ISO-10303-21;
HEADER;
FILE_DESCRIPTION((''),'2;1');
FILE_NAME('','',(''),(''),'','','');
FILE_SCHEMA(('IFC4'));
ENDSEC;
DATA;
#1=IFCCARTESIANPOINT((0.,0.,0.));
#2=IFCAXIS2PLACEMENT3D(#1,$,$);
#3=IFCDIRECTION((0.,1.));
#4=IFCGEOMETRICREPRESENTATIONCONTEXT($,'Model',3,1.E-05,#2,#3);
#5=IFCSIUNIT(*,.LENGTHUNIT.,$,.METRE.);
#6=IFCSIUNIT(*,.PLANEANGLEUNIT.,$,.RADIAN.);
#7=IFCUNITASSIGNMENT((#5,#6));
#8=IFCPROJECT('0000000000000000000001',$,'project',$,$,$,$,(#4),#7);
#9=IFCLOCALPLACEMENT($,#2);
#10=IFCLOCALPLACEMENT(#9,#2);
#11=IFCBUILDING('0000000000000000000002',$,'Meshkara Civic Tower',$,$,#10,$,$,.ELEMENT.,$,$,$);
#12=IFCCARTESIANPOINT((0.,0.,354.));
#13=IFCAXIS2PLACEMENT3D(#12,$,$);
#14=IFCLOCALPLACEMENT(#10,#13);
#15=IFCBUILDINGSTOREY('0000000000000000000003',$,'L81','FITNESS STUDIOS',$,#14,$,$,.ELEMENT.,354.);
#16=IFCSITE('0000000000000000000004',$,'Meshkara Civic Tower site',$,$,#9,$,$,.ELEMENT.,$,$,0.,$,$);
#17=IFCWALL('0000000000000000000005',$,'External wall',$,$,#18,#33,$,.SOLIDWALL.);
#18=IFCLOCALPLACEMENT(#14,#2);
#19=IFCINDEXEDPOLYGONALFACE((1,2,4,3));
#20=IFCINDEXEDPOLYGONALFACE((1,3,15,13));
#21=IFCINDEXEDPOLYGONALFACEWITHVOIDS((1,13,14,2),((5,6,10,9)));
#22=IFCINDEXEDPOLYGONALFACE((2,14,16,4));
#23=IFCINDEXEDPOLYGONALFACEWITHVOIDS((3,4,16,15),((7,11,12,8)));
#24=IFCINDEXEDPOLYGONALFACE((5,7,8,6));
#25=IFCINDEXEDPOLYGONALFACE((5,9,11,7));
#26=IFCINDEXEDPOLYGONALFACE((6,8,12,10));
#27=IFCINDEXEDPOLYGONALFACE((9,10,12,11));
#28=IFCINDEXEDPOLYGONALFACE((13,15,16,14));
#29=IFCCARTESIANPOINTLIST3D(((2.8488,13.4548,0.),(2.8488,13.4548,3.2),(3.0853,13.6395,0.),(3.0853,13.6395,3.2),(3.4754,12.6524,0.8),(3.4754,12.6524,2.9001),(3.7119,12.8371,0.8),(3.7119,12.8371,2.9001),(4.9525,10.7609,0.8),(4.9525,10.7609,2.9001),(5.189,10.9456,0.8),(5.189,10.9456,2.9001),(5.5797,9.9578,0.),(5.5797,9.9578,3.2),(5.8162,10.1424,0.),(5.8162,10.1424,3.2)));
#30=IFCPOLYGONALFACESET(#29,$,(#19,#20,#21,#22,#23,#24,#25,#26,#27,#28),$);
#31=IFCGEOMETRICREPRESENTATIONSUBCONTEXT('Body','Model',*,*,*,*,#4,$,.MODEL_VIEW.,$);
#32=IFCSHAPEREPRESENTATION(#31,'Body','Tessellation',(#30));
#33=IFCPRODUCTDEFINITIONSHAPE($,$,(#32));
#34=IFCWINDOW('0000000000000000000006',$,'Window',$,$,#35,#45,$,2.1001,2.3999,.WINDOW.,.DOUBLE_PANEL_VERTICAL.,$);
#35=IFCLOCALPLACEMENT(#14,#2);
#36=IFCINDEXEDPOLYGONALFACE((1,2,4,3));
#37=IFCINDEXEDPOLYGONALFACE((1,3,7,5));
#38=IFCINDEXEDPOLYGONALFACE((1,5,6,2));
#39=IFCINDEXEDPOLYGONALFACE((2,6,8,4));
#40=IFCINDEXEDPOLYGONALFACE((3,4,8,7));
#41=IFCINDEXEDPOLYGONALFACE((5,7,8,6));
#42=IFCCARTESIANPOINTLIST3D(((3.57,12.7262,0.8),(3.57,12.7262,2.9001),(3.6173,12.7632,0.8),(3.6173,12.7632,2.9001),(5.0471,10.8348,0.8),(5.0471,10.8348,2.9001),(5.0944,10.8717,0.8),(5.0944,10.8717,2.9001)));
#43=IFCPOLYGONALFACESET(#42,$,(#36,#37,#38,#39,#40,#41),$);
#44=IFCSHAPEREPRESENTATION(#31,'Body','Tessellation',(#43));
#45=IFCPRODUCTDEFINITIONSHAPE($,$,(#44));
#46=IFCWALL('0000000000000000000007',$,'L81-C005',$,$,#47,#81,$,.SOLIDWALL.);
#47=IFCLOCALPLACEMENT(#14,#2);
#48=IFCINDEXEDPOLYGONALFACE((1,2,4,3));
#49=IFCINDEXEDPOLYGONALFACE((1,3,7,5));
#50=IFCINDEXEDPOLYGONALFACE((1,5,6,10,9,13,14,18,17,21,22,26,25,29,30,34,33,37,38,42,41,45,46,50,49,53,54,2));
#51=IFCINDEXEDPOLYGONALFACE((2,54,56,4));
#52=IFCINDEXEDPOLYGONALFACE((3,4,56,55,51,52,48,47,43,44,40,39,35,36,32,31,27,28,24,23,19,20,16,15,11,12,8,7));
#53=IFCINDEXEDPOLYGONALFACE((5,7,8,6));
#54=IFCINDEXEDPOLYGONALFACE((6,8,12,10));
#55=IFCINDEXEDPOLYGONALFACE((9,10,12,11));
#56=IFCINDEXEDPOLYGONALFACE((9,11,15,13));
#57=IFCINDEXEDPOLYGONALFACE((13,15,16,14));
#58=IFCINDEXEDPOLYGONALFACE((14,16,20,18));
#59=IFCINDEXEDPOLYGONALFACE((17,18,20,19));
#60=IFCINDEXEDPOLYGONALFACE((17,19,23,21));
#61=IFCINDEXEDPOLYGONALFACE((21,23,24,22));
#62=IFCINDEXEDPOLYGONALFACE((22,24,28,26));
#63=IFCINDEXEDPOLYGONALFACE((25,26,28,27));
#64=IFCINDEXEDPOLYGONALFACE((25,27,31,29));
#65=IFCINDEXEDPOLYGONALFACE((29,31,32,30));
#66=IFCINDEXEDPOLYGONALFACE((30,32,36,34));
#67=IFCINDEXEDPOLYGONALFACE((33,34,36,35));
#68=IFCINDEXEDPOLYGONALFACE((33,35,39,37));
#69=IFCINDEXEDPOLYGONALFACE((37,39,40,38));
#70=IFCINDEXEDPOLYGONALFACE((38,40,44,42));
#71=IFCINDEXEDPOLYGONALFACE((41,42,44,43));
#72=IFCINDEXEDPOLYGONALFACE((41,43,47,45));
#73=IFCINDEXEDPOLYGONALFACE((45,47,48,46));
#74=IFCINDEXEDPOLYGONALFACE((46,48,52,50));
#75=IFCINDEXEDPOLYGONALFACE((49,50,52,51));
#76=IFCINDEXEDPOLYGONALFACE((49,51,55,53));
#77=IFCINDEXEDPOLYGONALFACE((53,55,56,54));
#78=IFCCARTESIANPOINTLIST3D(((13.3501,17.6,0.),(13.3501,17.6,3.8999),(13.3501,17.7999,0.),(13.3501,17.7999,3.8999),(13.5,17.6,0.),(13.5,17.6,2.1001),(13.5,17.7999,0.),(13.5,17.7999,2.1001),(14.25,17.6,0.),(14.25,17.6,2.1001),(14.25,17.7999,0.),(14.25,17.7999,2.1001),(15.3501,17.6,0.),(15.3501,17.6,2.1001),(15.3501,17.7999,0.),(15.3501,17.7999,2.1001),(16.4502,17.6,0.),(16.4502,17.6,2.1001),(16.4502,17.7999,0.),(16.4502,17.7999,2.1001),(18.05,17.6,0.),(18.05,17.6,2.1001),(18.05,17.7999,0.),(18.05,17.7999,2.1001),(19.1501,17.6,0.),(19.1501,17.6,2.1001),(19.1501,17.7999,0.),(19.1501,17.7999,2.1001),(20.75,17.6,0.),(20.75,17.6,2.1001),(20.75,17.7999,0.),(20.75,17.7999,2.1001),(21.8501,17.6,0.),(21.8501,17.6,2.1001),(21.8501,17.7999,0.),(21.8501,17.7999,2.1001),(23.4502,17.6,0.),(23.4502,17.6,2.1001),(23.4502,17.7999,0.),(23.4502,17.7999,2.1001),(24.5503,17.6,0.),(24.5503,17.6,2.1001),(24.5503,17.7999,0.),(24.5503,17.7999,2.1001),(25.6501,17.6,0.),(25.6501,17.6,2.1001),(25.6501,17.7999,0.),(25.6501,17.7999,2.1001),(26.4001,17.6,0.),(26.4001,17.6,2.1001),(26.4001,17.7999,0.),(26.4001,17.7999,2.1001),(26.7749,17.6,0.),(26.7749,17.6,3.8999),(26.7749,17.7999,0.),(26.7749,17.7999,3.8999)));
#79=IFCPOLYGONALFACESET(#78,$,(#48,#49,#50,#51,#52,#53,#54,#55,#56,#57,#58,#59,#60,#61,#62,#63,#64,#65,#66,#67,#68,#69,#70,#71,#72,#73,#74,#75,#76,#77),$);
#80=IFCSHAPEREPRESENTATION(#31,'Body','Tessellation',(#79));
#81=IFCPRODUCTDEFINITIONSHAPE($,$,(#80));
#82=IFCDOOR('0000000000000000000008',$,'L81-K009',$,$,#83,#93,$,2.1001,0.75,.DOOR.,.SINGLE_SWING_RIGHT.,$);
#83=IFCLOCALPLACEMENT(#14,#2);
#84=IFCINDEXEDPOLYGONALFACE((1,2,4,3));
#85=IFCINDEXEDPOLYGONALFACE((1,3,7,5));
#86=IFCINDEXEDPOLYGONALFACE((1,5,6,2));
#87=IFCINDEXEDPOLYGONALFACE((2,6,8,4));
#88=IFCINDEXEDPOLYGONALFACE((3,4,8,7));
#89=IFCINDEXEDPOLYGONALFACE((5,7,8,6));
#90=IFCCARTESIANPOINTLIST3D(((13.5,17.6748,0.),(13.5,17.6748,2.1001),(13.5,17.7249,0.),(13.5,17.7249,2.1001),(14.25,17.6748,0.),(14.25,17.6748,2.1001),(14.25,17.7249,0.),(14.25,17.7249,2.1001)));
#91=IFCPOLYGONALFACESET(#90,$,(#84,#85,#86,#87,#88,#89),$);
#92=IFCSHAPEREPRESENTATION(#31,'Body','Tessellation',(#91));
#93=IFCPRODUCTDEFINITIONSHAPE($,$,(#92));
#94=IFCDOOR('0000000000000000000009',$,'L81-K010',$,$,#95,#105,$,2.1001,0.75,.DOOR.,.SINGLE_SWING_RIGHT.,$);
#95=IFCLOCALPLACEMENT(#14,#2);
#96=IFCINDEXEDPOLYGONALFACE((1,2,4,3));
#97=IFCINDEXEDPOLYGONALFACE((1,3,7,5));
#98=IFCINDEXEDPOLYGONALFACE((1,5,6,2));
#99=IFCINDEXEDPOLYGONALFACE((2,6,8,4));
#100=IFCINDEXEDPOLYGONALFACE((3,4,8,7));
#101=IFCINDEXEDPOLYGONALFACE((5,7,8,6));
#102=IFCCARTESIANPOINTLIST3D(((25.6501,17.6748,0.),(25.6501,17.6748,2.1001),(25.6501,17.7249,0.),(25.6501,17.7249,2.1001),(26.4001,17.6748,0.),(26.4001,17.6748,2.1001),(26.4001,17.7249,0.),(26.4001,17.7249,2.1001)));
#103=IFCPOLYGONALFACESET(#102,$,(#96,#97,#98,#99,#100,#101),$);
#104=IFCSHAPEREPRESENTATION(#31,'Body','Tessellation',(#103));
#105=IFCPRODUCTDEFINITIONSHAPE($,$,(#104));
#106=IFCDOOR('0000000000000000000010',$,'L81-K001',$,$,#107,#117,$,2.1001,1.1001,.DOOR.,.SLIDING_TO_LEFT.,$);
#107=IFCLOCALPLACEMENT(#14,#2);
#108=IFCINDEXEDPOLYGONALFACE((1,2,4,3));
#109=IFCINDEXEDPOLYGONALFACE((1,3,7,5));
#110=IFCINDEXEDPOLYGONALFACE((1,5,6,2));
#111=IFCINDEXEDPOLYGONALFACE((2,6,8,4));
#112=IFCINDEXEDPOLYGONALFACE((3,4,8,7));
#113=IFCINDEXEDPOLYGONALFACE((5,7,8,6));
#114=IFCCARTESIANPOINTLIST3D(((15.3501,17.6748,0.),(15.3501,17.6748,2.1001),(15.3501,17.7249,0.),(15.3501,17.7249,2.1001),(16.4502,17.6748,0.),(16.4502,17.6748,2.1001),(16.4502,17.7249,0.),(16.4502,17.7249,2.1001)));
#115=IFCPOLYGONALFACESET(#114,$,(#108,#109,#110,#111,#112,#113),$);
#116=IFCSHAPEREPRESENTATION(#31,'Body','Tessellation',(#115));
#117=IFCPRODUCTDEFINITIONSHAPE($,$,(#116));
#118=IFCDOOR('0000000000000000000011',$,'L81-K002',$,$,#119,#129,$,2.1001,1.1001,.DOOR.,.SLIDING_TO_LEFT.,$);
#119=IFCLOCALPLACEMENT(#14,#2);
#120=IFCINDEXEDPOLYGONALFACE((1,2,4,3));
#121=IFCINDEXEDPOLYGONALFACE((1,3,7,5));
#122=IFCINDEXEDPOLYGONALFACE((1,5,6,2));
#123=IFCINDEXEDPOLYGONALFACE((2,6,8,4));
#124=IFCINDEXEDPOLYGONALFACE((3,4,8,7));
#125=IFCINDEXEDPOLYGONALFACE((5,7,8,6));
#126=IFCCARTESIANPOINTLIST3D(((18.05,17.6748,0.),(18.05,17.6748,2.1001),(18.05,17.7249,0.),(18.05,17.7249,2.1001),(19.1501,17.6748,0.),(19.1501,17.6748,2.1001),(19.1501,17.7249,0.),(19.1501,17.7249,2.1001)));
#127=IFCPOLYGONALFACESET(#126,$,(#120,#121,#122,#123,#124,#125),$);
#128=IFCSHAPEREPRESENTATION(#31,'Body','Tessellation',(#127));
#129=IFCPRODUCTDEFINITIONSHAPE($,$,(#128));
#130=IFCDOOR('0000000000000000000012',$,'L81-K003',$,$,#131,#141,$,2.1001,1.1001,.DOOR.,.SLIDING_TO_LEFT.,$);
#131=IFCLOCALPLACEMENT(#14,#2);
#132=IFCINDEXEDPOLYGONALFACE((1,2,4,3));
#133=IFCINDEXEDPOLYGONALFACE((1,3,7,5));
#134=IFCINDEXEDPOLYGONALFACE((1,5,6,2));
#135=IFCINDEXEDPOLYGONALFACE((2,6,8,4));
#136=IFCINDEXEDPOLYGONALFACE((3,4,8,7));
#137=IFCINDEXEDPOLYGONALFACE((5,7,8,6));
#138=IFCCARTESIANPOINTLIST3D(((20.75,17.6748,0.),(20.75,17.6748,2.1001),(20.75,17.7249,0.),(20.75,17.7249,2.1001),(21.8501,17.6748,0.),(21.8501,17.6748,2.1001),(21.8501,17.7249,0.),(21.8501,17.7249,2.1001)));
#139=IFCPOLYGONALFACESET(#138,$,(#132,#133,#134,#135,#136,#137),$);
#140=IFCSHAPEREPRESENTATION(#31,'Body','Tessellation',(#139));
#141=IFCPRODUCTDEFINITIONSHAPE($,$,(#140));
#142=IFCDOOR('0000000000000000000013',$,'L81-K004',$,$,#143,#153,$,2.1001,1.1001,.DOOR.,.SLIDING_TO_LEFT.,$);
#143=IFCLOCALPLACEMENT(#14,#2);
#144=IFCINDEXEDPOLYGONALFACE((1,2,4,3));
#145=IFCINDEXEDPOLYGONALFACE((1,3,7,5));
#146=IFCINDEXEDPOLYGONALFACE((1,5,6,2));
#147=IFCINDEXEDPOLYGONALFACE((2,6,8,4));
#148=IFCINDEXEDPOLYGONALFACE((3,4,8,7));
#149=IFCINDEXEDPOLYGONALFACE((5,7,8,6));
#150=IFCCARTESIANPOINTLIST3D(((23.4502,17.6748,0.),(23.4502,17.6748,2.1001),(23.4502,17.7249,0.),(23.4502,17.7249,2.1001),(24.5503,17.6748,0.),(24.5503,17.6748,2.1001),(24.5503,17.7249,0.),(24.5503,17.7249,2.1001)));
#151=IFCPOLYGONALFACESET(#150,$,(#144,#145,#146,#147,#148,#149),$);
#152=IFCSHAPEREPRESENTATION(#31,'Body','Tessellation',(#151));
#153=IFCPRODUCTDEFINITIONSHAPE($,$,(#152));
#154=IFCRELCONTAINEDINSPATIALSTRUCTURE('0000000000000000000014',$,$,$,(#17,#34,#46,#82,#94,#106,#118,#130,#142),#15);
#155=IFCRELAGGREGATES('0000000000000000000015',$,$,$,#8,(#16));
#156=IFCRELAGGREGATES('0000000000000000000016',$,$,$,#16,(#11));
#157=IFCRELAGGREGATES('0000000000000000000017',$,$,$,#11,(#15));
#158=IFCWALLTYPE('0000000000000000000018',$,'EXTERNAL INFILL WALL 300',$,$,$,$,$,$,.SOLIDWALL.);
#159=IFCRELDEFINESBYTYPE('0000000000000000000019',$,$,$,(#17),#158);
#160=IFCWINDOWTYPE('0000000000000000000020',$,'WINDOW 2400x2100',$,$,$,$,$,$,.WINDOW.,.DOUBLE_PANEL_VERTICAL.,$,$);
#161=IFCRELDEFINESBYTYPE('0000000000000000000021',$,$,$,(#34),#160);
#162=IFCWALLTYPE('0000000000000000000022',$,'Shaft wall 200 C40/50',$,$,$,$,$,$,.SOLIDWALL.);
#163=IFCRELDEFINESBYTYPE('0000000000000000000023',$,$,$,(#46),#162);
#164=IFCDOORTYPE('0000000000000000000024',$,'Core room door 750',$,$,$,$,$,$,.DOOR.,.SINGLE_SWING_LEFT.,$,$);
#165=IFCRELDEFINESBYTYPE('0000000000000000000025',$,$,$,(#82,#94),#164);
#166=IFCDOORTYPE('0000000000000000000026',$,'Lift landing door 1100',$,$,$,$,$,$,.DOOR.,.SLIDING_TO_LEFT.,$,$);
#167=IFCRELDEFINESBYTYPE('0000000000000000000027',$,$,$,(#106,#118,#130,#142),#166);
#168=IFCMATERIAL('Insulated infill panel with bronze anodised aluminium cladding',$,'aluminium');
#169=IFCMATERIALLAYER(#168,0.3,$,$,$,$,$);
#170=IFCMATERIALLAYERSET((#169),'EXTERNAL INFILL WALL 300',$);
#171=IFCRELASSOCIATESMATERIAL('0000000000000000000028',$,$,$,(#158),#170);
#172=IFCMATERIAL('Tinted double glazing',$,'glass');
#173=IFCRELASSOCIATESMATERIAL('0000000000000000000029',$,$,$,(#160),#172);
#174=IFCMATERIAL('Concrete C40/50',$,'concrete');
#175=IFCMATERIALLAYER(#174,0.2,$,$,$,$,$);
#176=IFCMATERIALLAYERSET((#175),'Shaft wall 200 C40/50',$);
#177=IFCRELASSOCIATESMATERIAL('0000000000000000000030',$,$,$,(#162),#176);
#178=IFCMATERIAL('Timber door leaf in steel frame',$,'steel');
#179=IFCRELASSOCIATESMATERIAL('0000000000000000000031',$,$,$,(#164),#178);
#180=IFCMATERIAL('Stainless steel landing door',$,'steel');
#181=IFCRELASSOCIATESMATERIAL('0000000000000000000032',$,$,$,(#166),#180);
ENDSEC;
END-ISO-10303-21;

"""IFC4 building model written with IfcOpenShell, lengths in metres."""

from ifc_helpers import new_model, si_unit, direction, frame, frame_2d, origin, place, context, subcontext, project, spatial, rectangle, extrude, material, layer, layer_set, type_object, element, fill, save


model = new_model("IFC4")

# Units and contexts
model_context = context("Model", 3, precision=1e-05, world=origin(), true_north=direction((0.0, 1.0)))
body_context = subcontext(model_context, "Body", "Model", "MODEL_VIEW")
ifc_project = project(units=[si_unit("LENGTHUNIT", "METRE"), si_unit("PLANEANGLEUNIT", "RADIAN")], contexts=[model_context])

# Site, building, storey
site_placement = place(None, origin())
site = spatial("IfcSite", under=ifc_project, at=site_placement, Name="Meshkara Civic Tower site", CompositionType="ELEMENT", RefElevation=0.0)
building_placement = place(site_placement, origin())
building = spatial("IfcBuilding", under=site, at=building_placement, Name="Meshkara Civic Tower", CompositionType="ELEMENT")
storey_placement = place(building_placement, frame((0.0, 0.0, 354.0)))
storey = spatial("IfcBuildingStorey", under=building, at=storey_placement, Name="L81", Description="FITNESS STUDIOS", CompositionType="ELEMENT", Elevation=354.0)

# Wall, opening, window
ifc_material_1 = material(Name="Insulated infill panel with bronze anodised aluminium cladding", Category="aluminium")
ifc_layer_1 = layer(ifc_material_1, 0.3)
ifc_layer_set_1 = layer_set([ifc_layer_1], Name="EXTERNAL INFILL WALL 300")
wall_type_1 = type_object("IfcWallType", Name="EXTERNAL INFILL WALL 300", PredefinedType="SOLIDWALL", material=ifc_layer_set_1)
wall_1_placement = place(storey_placement, frame((2.967, 13.5471, 0.0), z_axis=(0.0, 0.0, 1.0), x_axis=(0.615486, -0.788148, 0.0)))
wall_1 = element("IfcWall", 1, at=wall_1_placement, inside=storey, type_object=wall_type_1, Name="External wall", PredefinedType="SOLIDWALL", context=body_context, shape_type="SweptSolid", body=[
    extrude(rectangle(XDim=4.437, YDim=0.3, at=frame_2d((2.2185, 0.0))), origin(), (0.0, 0.0, 1.0), 3.2),
])
opening_1_placement = place(wall_1_placement, frame((1.0181, 0.0, 0.8)))
opening_1 = element("IfcOpeningElement", 2, at=opening_1_placement, cuts=wall_1, PredefinedType="OPENING", context=body_context, shape_type="SweptSolid", body=[
    extrude(rectangle(XDim=2.3999, YDim=2.1001, at=frame_2d((1.2, 1.05))), frame((0.0, 0.1599, 0.0), z_axis=(0.0, -1.0, 0.0), x_axis=(1.0, 0.0, 0.0)), (0.0, 0.0, 1.0), 0.3201),
])
ifc_material_2 = material(Name="Tinted double glazing", Category="glass")
window_type = type_object("IfcWindowType", Name="WINDOW 2400x2100", PartitioningType="DOUBLE_PANEL_VERTICAL", PredefinedType="WINDOW", material=ifc_material_2)
window_placement = place(opening_1_placement, origin())
window = element("IfcWindow", 3, at=window_placement, inside=storey, type_object=window_type, Name="Window", OverallHeight=2.1001, OverallWidth=2.3999, PartitioningType="DOUBLE_PANEL_VERTICAL", PredefinedType="WINDOW", context=body_context, shape_type="SweptSolid", body=[
    extrude(rectangle(XDim=2.3999, YDim=2.1001, at=frame_2d((1.2, 1.05))), frame((0.0, 0.03, 0.0), z_axis=(0.0, -1.0, 0.0), x_axis=(1.0, 0.0, 0.0)), (0.0, 0.0, 1.0), 0.0601),
])
fill(opening_1, window)

# Wall, openings, doors
ifc_material_3 = material(Name="Concrete C40/50", Category="concrete")
ifc_layer_2 = layer(ifc_material_3, 0.2)
ifc_layer_set_2 = layer_set([ifc_layer_2], Name="Shaft wall 200 C40/50")
wall_type_2 = type_object("IfcWallType", Name="Shaft wall 200 C40/50", PredefinedType="SOLIDWALL", material=ifc_layer_set_2)
wall_2_placement = place(storey_placement, frame((13.3501, 17.7, 0.0), z_axis=(0.0, 0.0, 1.0), x_axis=(1.0, 0.0, 0.0)))
wall_2 = element("IfcWall", 4, at=wall_2_placement, inside=storey, type_object=wall_type_2, Name="L81-C005", PredefinedType="SOLIDWALL", context=body_context, shape_type="SweptSolid", body=[
    extrude(rectangle(XDim=13.4248, YDim=0.2, at=frame_2d((6.7124, 0.0))), origin(), (0.0, 0.0, 1.0), 3.8999),
])
opening_2_placement = place(wall_2_placement, frame((2.0, 0.0, 0.0)))
opening_2 = element("IfcOpeningElement", 5, at=opening_2_placement, cuts=wall_2, PredefinedType="OPENING", context=body_context, shape_type="SweptSolid", body=[
    extrude(rectangle(XDim=1.1001, YDim=2.1001, at=frame_2d((0.55, 1.05))), frame((0.0, 0.1099, 0.0), z_axis=(0.0, -1.0, 0.0), x_axis=(1.0, 0.0, 0.0)), (0.0, 0.0, 1.0), 0.22),
])
opening_3_placement = place(wall_2_placement, frame((4.7, 0.0, 0.0)))
opening_3 = element("IfcOpeningElement", 6, at=opening_3_placement, cuts=wall_2, PredefinedType="OPENING", context=body_context, shape_type="SweptSolid", body=[
    extrude(rectangle(XDim=1.1001, YDim=2.1001, at=frame_2d((0.55, 1.05))), frame((0.0, 0.1099, 0.0), z_axis=(0.0, -1.0, 0.0), x_axis=(1.0, 0.0, 0.0)), (0.0, 0.0, 1.0), 0.22),
])
opening_4_placement = place(wall_2_placement, frame((7.3999, 0.0, 0.0)))
opening_4 = element("IfcOpeningElement", 7, at=opening_4_placement, cuts=wall_2, PredefinedType="OPENING", context=body_context, shape_type="SweptSolid", body=[
    extrude(rectangle(XDim=1.1001, YDim=2.1001, at=frame_2d((0.55, 1.05))), frame((0.0, 0.1099, 0.0), z_axis=(0.0, -1.0, 0.0), x_axis=(1.0, 0.0, 0.0)), (0.0, 0.0, 1.0), 0.22),
])
opening_5_placement = place(wall_2_placement, frame((10.1001, 0.0, 0.0)))
opening_5 = element("IfcOpeningElement", 8, at=opening_5_placement, cuts=wall_2, PredefinedType="OPENING", context=body_context, shape_type="SweptSolid", body=[
    extrude(rectangle(XDim=1.1001, YDim=2.1001, at=frame_2d((0.55, 1.05))), frame((0.0, 0.1099, 0.0), z_axis=(0.0, -1.0, 0.0), x_axis=(1.0, 0.0, 0.0)), (0.0, 0.0, 1.0), 0.22),
])
opening_6_placement = place(wall_2_placement, frame((0.1499, 0.0, 0.0)))
opening_6 = element("IfcOpeningElement", 9, at=opening_6_placement, cuts=wall_2, PredefinedType="OPENING", context=body_context, shape_type="SweptSolid", body=[
    extrude(rectangle(XDim=0.75, YDim=2.1001, at=frame_2d((0.375, 1.05))), frame((0.0, 0.1099, 0.0), z_axis=(0.0, -1.0, 0.0), x_axis=(1.0, 0.0, 0.0)), (0.0, 0.0, 1.0), 0.22),
])
opening_7_placement = place(wall_2_placement, frame((12.3, 0.0, 0.0)))
opening_7 = element("IfcOpeningElement", 10, at=opening_7_placement, cuts=wall_2, PredefinedType="OPENING", context=body_context, shape_type="SweptSolid", body=[
    extrude(rectangle(XDim=0.75, YDim=2.1001, at=frame_2d((0.375, 1.05))), frame((0.0, 0.1099, 0.0), z_axis=(0.0, -1.0, 0.0), x_axis=(1.0, 0.0, 0.0)), (0.0, 0.0, 1.0), 0.22),
])
ifc_material_4 = material(Name="Timber door leaf in steel frame", Category="steel")
door_type_1 = type_object("IfcDoorType", Name="Core room door 750", OperationType="SINGLE_SWING_LEFT", PredefinedType="DOOR", material=ifc_material_4)
door_1_placement = place(opening_6_placement, origin())
door_1 = element("IfcDoor", 11, at=door_1_placement, inside=storey, type_object=door_type_1, Name="L81-K009", OperationType="SINGLE_SWING_RIGHT", OverallHeight=2.1001, OverallWidth=0.75, PredefinedType="DOOR", context=body_context, shape_type="SweptSolid", body=[
    extrude(rectangle(XDim=0.75, YDim=2.1001, at=frame_2d((0.375, 1.05))), frame((0.0, 0.0249, 0.0), z_axis=(0.0, -1.0, 0.0), x_axis=(1.0, 0.0, 0.0)), (0.0, 0.0, 1.0), 0.05),
])
fill(opening_6, door_1)
door_2_placement = place(opening_7_placement, origin())
door_2 = element("IfcDoor", 12, at=door_2_placement, inside=storey, type_object=door_type_1, Name="L81-K010", OperationType="SINGLE_SWING_RIGHT", OverallHeight=2.1001, OverallWidth=0.75, PredefinedType="DOOR", context=body_context, shape_type="SweptSolid", body=[
    extrude(rectangle(XDim=0.75, YDim=2.1001, at=frame_2d((0.375, 1.05))), frame((0.0, 0.0249, 0.0), z_axis=(0.0, -1.0, 0.0), x_axis=(1.0, 0.0, 0.0)), (0.0, 0.0, 1.0), 0.05),
])
fill(opening_7, door_2)
ifc_material_5 = material(Name="Stainless steel landing door", Category="steel")
door_type_2 = type_object("IfcDoorType", Name="Lift landing door 1100", OperationType="SLIDING_TO_LEFT", PredefinedType="DOOR", material=ifc_material_5)
door_3_placement = place(opening_2_placement, origin())
door_3 = element("IfcDoor", 13, at=door_3_placement, inside=storey, type_object=door_type_2, Name="L81-K001", OperationType="SLIDING_TO_LEFT", OverallHeight=2.1001, OverallWidth=1.1001, PredefinedType="DOOR", context=body_context, shape_type="SweptSolid", body=[
    extrude(rectangle(XDim=1.1001, YDim=2.1001, at=frame_2d((0.55, 1.05))), frame((0.0, 0.0249, 0.0), z_axis=(0.0, -1.0, 0.0), x_axis=(1.0, 0.0, 0.0)), (0.0, 0.0, 1.0), 0.05),
])
fill(opening_2, door_3)
door_4_placement = place(opening_3_placement, origin())
door_4 = element("IfcDoor", 14, at=door_4_placement, inside=storey, type_object=door_type_2, Name="L81-K002", OperationType="SLIDING_TO_LEFT", OverallHeight=2.1001, OverallWidth=1.1001, PredefinedType="DOOR", context=body_context, shape_type="SweptSolid", body=[
    extrude(rectangle(XDim=1.1001, YDim=2.1001, at=frame_2d((0.55, 1.05))), frame((0.0, 0.0249, 0.0), z_axis=(0.0, -1.0, 0.0), x_axis=(1.0, 0.0, 0.0)), (0.0, 0.0, 1.0), 0.05),
])
fill(opening_3, door_4)
door_5_placement = place(opening_4_placement, origin())
door_5 = element("IfcDoor", 15, at=door_5_placement, inside=storey, type_object=door_type_2, Name="L81-K003", OperationType="SLIDING_TO_LEFT", OverallHeight=2.1001, OverallWidth=1.1001, PredefinedType="DOOR", context=body_context, shape_type="SweptSolid", body=[
    extrude(rectangle(XDim=1.1001, YDim=2.1001, at=frame_2d((0.55, 1.05))), frame((0.0, 0.0249, 0.0), z_axis=(0.0, -1.0, 0.0), x_axis=(1.0, 0.0, 0.0)), (0.0, 0.0, 1.0), 0.05),
])
fill(opening_4, door_5)
door_6_placement = place(opening_5_placement, origin())
door_6 = element("IfcDoor", 16, at=door_6_placement, inside=storey, type_object=door_type_2, Name="L81-K004", OperationType="SLIDING_TO_LEFT", OverallHeight=2.1001, OverallWidth=1.1001, PredefinedType="DOOR", context=body_context, shape_type="SweptSolid", body=[
    extrude(rectangle(XDim=1.1001, YDim=2.1001, at=frame_2d((0.55, 1.05))), frame((0.0, 0.0249, 0.0), z_axis=(0.0, -1.0, 0.0), x_axis=(1.0, 0.0, 0.0)), (0.0, 0.0, 1.0), 0.05),
])
fill(opening_5, door_6)

save(model, "model.ifc")
